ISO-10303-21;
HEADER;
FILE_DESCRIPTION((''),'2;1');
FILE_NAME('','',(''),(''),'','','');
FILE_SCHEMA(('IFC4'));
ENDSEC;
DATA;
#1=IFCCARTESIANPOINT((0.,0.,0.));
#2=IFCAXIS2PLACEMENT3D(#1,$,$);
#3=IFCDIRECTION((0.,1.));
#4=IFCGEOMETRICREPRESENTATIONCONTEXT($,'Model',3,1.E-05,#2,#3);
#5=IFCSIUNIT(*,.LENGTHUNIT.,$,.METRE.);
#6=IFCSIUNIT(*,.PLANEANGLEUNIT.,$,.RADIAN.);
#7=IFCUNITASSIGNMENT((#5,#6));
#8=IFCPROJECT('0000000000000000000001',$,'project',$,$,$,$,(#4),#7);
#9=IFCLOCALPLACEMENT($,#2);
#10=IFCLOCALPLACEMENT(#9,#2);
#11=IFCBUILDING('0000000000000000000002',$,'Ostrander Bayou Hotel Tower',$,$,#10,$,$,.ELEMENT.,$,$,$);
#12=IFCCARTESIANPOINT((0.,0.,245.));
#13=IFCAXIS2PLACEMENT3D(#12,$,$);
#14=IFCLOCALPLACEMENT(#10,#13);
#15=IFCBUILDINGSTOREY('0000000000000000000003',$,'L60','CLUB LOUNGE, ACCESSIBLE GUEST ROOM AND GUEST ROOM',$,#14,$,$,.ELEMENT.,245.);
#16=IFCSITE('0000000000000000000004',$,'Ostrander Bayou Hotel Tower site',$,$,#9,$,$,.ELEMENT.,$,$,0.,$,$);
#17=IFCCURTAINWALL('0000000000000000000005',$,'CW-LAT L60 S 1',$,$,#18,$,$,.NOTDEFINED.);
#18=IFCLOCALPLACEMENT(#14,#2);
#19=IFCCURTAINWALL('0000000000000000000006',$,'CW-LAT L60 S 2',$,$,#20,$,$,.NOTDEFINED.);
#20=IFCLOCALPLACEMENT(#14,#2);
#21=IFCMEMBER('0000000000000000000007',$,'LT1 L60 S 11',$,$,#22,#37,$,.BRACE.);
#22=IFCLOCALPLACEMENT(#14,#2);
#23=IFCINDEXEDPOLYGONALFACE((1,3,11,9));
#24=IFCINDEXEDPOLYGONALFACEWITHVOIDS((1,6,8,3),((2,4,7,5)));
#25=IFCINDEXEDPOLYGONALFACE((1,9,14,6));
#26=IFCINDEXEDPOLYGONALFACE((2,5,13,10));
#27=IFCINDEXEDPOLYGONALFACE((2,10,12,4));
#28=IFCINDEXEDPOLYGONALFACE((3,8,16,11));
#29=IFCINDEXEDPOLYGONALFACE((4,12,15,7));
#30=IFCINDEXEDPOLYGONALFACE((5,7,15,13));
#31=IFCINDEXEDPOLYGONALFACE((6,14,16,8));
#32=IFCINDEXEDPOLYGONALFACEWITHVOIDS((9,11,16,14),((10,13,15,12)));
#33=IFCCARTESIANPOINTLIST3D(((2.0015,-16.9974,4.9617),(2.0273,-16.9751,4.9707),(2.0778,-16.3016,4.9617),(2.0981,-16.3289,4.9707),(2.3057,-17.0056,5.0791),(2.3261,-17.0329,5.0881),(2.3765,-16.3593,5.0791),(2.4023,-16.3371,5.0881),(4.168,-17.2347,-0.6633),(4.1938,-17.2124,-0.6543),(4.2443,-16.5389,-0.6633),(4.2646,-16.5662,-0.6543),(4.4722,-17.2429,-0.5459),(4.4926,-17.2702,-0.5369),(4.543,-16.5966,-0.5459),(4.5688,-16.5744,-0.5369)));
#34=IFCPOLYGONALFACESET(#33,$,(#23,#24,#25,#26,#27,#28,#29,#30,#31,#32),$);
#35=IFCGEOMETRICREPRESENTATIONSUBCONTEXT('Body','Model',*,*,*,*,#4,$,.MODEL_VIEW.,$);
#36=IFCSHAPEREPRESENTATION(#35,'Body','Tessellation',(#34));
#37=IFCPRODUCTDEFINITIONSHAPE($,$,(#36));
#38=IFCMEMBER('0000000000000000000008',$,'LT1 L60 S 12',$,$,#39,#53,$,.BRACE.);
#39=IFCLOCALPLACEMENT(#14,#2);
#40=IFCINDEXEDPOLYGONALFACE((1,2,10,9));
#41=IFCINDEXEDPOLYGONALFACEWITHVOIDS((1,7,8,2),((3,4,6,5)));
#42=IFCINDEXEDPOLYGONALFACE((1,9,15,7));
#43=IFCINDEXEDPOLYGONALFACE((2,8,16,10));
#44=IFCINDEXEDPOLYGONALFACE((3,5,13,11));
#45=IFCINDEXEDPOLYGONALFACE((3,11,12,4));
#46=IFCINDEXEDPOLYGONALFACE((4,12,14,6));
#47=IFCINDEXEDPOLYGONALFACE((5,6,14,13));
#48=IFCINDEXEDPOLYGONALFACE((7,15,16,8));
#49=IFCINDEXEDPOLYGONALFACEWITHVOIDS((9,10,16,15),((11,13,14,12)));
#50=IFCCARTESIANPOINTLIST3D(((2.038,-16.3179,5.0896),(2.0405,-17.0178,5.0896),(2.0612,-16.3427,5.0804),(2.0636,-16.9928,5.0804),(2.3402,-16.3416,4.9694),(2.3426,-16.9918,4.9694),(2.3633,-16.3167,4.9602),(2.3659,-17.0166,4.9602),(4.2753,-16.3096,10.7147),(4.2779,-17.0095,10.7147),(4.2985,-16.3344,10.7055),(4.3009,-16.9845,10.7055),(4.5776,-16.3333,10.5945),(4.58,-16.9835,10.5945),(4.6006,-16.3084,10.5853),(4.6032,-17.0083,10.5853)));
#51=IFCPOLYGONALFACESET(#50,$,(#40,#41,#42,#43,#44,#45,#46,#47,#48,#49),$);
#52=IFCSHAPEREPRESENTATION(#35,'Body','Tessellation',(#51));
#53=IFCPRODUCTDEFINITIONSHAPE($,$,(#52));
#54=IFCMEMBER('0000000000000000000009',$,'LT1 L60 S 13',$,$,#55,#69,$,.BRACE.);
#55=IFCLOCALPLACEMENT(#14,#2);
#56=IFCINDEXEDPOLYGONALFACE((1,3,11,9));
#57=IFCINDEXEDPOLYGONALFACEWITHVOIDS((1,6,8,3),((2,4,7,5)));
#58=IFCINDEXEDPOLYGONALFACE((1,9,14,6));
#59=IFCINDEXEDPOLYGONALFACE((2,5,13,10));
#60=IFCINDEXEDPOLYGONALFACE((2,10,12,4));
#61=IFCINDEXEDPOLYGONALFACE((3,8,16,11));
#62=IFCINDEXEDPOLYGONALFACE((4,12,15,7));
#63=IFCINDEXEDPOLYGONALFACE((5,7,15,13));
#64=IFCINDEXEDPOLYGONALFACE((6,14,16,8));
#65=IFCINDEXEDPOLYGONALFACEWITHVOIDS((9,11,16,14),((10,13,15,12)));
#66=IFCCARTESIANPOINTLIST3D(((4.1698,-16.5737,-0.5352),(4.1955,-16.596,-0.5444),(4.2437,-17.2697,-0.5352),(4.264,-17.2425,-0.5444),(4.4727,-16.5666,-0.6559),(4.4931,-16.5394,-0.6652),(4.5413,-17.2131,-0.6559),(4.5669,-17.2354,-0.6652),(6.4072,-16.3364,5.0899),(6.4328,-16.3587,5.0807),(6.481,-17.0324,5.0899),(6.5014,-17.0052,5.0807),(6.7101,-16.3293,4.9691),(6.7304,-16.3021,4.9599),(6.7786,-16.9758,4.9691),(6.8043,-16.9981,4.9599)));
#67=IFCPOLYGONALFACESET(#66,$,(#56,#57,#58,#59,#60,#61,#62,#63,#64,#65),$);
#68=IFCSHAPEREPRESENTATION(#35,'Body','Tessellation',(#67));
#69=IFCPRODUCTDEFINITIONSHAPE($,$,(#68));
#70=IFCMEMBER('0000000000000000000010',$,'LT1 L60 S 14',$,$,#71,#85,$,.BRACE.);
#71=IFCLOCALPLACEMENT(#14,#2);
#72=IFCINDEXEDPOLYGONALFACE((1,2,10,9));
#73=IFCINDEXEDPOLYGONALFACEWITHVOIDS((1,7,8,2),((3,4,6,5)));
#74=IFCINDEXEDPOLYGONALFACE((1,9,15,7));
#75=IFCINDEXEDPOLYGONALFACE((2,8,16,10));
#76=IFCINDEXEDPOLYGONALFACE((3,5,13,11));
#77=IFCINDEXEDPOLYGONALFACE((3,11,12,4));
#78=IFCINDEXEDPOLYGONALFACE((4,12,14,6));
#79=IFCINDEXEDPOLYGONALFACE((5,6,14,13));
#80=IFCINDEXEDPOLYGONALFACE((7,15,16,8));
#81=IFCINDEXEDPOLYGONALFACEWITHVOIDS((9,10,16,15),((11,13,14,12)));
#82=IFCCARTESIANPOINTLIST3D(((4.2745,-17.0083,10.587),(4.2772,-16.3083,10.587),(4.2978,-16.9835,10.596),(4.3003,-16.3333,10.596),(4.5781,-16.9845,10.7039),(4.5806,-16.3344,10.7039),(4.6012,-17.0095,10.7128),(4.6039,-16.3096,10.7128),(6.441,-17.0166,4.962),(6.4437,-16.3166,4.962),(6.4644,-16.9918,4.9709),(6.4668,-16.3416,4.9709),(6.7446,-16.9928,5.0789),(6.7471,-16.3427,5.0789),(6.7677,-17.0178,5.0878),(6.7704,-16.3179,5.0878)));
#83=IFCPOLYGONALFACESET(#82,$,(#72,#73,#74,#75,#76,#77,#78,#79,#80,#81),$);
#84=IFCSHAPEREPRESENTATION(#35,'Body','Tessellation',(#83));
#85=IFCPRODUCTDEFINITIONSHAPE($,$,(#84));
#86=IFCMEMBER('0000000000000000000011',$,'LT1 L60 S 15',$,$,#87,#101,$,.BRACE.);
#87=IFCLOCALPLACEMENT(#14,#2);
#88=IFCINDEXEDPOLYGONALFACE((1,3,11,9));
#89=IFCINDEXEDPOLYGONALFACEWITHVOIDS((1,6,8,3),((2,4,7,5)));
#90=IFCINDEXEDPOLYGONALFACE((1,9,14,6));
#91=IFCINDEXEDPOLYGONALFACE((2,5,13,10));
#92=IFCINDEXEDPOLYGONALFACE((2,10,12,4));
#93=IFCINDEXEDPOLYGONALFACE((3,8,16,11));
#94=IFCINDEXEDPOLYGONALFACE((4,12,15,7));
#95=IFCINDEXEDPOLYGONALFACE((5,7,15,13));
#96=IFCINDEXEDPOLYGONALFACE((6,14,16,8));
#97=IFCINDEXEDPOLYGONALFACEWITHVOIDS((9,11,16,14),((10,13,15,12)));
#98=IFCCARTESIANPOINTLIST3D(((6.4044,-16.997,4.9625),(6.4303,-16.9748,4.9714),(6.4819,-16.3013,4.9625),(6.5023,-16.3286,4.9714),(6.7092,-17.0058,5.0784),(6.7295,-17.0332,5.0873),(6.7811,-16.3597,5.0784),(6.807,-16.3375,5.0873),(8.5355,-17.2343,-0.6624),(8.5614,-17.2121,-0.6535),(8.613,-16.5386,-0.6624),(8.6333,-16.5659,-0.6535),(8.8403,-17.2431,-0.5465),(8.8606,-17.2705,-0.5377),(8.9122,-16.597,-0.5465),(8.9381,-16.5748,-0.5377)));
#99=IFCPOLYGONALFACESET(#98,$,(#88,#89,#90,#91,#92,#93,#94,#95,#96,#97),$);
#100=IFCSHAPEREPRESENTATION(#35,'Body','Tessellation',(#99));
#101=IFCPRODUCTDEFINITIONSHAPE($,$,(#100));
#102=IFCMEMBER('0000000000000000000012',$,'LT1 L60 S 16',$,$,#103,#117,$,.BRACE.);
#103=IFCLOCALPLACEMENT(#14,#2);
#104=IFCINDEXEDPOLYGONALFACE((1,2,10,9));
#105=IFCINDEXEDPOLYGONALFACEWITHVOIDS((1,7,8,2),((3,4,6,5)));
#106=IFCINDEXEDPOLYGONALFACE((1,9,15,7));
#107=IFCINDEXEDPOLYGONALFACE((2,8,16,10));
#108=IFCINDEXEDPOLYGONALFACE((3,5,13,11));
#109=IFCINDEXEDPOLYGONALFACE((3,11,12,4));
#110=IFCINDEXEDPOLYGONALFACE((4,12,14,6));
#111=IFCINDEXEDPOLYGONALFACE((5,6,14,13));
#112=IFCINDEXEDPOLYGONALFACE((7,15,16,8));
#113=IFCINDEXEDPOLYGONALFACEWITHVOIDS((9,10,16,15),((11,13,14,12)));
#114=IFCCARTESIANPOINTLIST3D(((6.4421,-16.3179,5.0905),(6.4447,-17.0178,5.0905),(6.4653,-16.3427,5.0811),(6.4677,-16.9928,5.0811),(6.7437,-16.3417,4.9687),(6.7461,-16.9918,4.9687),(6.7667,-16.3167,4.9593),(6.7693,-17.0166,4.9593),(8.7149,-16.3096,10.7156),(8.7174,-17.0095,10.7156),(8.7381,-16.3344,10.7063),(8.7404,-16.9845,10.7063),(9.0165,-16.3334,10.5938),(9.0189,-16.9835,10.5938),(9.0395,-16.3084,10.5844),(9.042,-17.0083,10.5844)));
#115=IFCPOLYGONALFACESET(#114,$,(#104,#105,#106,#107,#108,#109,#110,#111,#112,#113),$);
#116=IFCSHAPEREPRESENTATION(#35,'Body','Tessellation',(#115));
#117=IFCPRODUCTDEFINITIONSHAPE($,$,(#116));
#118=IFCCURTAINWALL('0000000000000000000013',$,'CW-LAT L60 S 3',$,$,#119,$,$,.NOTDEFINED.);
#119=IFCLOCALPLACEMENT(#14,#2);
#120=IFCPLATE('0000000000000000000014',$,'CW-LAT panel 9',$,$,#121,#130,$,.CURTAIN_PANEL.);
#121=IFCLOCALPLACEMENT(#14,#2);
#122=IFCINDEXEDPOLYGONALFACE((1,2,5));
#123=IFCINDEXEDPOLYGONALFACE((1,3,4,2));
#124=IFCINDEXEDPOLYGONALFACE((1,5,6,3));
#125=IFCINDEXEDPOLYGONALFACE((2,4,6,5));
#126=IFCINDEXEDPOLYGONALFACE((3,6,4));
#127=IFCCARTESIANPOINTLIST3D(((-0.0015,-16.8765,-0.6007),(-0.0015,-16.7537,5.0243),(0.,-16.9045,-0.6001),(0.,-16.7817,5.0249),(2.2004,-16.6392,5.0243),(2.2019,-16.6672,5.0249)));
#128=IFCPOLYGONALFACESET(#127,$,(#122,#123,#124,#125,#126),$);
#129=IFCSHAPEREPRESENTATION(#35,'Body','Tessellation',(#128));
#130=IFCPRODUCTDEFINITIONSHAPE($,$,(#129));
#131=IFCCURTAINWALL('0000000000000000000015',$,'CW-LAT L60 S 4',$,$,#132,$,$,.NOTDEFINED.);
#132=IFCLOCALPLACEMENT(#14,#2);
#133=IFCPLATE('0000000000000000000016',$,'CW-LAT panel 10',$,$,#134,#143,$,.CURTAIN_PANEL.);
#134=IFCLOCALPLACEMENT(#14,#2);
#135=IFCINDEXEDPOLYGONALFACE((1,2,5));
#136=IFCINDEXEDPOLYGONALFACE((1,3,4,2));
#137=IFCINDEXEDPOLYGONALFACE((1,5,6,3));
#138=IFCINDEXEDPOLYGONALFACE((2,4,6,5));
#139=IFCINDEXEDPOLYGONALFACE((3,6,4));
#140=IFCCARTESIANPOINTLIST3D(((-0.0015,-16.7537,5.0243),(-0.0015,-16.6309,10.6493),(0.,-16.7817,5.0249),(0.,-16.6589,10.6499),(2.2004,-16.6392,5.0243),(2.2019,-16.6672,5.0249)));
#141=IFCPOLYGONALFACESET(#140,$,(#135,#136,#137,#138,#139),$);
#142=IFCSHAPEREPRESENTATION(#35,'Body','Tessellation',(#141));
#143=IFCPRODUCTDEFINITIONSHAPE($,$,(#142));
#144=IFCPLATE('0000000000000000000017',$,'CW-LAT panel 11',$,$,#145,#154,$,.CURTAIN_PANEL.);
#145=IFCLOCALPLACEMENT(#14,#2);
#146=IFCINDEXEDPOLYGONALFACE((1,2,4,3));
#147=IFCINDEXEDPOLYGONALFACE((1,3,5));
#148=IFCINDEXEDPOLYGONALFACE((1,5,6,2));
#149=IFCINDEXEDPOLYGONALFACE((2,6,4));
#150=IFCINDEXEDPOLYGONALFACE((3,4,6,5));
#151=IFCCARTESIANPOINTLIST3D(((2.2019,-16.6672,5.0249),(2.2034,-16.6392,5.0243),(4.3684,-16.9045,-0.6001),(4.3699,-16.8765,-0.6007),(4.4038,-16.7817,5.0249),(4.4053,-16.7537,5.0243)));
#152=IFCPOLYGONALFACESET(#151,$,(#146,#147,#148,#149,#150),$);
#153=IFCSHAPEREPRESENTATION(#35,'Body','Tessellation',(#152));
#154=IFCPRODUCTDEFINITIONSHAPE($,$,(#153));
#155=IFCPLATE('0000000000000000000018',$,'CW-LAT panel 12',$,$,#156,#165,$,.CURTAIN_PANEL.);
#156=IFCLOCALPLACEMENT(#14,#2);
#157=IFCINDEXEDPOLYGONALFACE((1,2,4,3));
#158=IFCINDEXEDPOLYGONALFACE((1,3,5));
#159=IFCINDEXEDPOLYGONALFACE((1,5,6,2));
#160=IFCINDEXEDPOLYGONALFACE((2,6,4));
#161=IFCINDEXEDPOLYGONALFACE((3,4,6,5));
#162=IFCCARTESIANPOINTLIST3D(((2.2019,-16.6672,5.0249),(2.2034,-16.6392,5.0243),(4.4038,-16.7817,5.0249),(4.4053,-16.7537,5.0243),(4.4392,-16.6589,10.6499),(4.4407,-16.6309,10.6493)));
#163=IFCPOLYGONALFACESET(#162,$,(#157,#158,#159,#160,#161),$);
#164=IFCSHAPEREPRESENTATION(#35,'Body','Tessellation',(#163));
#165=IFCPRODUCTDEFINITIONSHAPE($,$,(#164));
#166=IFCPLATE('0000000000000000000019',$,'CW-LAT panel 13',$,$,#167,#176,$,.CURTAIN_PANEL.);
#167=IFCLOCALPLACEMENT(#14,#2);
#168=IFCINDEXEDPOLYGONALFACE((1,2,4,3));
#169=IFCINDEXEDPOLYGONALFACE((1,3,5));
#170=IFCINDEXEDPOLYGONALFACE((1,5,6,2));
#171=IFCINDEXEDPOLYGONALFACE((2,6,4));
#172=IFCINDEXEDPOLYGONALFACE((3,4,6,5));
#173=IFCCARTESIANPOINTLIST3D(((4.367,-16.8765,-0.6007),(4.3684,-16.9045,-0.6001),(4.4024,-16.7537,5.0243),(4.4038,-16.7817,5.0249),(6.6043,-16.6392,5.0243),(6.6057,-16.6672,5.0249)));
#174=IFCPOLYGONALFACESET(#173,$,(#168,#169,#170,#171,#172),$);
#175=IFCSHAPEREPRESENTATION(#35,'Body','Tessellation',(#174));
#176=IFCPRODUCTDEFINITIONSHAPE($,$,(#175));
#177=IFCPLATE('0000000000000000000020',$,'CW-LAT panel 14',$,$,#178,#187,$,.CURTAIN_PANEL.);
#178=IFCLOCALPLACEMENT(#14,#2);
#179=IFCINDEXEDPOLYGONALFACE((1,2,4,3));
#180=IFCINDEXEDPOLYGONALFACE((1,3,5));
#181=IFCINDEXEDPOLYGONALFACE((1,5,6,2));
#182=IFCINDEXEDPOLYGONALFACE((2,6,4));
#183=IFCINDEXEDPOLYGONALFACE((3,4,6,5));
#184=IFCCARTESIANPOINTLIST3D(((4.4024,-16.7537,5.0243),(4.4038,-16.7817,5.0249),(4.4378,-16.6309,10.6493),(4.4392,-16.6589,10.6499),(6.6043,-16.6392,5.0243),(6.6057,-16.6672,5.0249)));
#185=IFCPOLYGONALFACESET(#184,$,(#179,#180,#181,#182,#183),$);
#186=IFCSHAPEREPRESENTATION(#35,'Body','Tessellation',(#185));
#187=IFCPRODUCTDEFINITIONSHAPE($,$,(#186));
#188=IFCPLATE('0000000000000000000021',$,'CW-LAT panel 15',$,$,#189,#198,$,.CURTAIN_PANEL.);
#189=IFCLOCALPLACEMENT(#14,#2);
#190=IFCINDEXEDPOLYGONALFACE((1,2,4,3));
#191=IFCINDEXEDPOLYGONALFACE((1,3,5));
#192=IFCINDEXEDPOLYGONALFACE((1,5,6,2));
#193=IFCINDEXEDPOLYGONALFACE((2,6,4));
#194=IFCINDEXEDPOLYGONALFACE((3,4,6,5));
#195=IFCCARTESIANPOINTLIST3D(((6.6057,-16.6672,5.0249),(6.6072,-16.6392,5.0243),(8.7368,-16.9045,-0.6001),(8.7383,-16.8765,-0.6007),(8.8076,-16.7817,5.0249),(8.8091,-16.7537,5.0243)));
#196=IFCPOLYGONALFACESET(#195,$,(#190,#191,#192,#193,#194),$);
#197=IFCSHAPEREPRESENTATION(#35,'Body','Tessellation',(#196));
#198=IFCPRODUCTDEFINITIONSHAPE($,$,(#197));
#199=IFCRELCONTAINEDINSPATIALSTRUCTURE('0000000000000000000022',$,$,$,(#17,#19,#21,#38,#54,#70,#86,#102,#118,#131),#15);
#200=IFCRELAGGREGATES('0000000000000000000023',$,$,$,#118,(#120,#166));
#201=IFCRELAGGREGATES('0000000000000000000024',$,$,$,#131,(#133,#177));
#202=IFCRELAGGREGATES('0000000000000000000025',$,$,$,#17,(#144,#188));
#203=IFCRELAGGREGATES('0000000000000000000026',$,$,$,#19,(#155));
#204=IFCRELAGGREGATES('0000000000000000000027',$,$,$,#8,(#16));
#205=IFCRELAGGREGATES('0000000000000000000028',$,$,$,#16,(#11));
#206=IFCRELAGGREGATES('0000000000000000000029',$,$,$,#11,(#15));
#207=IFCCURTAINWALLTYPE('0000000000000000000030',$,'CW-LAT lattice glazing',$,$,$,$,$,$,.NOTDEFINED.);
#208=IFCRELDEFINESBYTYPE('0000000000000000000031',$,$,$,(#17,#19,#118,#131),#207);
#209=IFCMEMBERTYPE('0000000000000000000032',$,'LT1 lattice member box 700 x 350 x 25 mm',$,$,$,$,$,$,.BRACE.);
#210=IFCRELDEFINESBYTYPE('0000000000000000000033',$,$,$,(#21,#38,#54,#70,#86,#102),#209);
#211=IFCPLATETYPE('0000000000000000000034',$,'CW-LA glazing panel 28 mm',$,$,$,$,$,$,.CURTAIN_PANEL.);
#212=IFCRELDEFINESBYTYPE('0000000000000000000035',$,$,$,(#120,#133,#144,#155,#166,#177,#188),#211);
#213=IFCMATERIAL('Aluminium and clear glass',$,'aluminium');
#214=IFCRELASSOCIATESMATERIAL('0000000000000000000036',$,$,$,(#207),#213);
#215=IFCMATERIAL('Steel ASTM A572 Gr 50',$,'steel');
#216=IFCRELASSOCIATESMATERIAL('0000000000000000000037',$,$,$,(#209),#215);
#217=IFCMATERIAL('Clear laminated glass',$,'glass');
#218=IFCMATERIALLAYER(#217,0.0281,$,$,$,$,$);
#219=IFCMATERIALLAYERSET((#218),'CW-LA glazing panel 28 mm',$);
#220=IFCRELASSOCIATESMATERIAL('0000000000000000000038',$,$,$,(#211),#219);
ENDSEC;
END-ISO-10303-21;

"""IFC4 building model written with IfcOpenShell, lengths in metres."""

from ifc_helpers import new_model, si_unit, direction, frame, origin, origin_2d, place, context, subcontext, project, spatial, polyline, hollow_rectangle, outline, extrude, material, layer, layer_set, material_profile, profile_set, type_object, element, aggregate, save


model = new_model("IFC4")

# Units and contexts
model_context = context("Model", 3, precision=1e-05, world=origin(), true_north=direction((0.0, 1.0)))
body_context = subcontext(model_context, "Body", "Model", "MODEL_VIEW")
ifc_project = project(units=[si_unit("LENGTHUNIT", "METRE"), si_unit("PLANEANGLEUNIT", "RADIAN")], contexts=[model_context])

# Site, building, storey
site_placement = place(None, origin())
site = spatial("IfcSite", under=ifc_project, at=site_placement, Name="Ostrander Bayou Hotel Tower site", CompositionType="ELEMENT", RefElevation=0.0)
building_placement = place(site_placement, origin())
building = spatial("IfcBuilding", under=site, at=building_placement, Name="Ostrander Bayou Hotel Tower", CompositionType="ELEMENT")
storey_placement = place(building_placement, frame((0.0, 0.0, 245.0)))
storey = spatial("IfcBuildingStorey", under=building, at=storey_placement, Name="L60", Description="CLUB LOUNGE, ACCESSIBLE GUEST ROOM AND GUEST ROOM", CompositionType="ELEMENT", Elevation=245.0)

# Curtain walls
ifc_material_1 = material(Name="Aluminium and clear glass", Category="aluminium")
curtain_wall_type = type_object("IfcCurtainWallType", Name="CW-LAT lattice glazing", PredefinedType="NOTDEFINED", material=ifc_material_1)
curtain_wall_1_placement = place(storey_placement, origin())
curtain_wall_1 = element("IfcCurtainWall", 1, at=curtain_wall_1_placement, inside=storey, type_object=curtain_wall_type, Name="CW-LAT L60 S 1", PredefinedType="NOTDEFINED")
curtain_wall_2_placement = place(storey_placement, origin())
curtain_wall_2 = element("IfcCurtainWall", 2, at=curtain_wall_2_placement, inside=storey, type_object=curtain_wall_type, Name="CW-LAT L60 S 2", PredefinedType="NOTDEFINED")

# Members
ifc_material_2 = material(Name="Steel ASTM A572 Gr 50", Category="steel")
ifc_material_profile_1 = material_profile(ifc_material_2, hollow_rectangle(XDim=0.7, YDim=0.3501, WallThickness=0.0249, at=origin_2d()))
ifc_profile_set_1 = profile_set([ifc_material_profile_1], Name="Steel ASTM A572 Gr 50")
member_type_1 = type_object("IfcMemberType", Name="LT1 lattice member box 700 x 350 x 25 mm", PredefinedType="BRACE", material=ifc_profile_set_1)
member_1_placement = place(storey_placement, frame((2.2019, -16.6672, 5.0249), z_axis=(0.359141, -0.039338, -0.932454), x_axis=(0.108882, 0.994055, 0.0)))
element("IfcMember", 3, at=member_1_placement, inside=storey, type_object=member_type_1, Name="LT1 L60 S 11", PredefinedType="BRACE", context=body_context, shape_type="SweptSolid", body=[
    extrude(hollow_rectangle(XDim=0.7, YDim=0.3501, WallThickness=0.0249, at=origin_2d()), origin(), (0.0, 0.0, 1.0), 6.0325),
])
member_2_placement = place(storey_placement, frame((2.2019, -16.6672, 5.0249), z_axis=(0.369582, 0.001371, 0.929197), x_axis=(-0.00371, 0.999993, 0.0)))
element("IfcMember", 4, at=member_2_placement, inside=storey, type_object=member_type_1, Name="LT1 L60 S 12", PredefinedType="BRACE", context=body_context, shape_type="SweptSolid", body=[
    extrude(hollow_rectangle(XDim=0.7, YDim=0.3501, WallThickness=0.0249, at=origin_2d()), origin(), (0.0, 0.0, 1.0), 6.0537),
])
member_3_placement = place(storey_placement, frame((6.6057, -16.6672, 5.0249), z_axis=(-0.369298, -0.03917, -0.928485), x_axis=(0.105476, -0.994422, 0.0)))
element("IfcMember", 5, at=member_3_placement, inside=storey, type_object=member_type_1, Name="LT1 L60 S 13", PredefinedType="BRACE", context=body_context, shape_type="SweptSolid", body=[
    extrude(hollow_rectangle(XDim=0.7, YDim=0.3501, WallThickness=0.0249, at=origin_2d()), origin(), (0.0, 0.0, 1.0), 6.0583),
])
member_4_placement = place(storey_placement, frame((6.6057, -16.6672, 5.0249), z_axis=(-0.359418, 0.001377, 0.933176), x_axis=(-0.003831, -0.999993, 0.0)))
element("IfcMember", 6, at=member_4_placement, inside=storey, type_object=member_type_1, Name="LT1 L60 S 14", PredefinedType="BRACE", context=body_context, shape_type="SweptSolid", body=[
    extrude(hollow_rectangle(XDim=0.7, YDim=0.3501, WallThickness=0.0249, at=origin_2d()), origin(), (0.0, 0.0, 1.0), 6.0278),
])
member_5_placement = place(storey_placement, frame((6.6057, -16.6672, 5.0249), z_axis=(0.354013, -0.03942, -0.934409), x_axis=(0.110669, 0.993857, 0.0)))
element("IfcMember", 7, at=member_5_placement, inside=storey, type_object=member_type_1, Name="LT1 L60 S 15", PredefinedType="BRACE", context=body_context, shape_type="SweptSolid", body=[
    extrude(hollow_rectangle(XDim=0.7, YDim=0.3501, WallThickness=0.0249, at=origin_2d()), origin(), (0.0, 0.0, 1.0), 6.0198),
])
member_6_placement = place(storey_placement, frame((6.6057, -16.6672, 5.0249), z_axis=(0.374614, 0.001368, 0.92718), x_axis=(-0.003652, 0.999993, 0.0)))
element("IfcMember", 8, at=member_6_placement, inside=storey, type_object=member_type_1, Name="LT1 L60 S 16", PredefinedType="BRACE", context=body_context, shape_type="SweptSolid", body=[
    extrude(hollow_rectangle(XDim=0.7, YDim=0.3501, WallThickness=0.0249, at=origin_2d()), origin(), (0.0, 0.0, 1.0), 6.0669),
])

# Curtain walls, plates
curtain_wall_3_placement = place(storey_placement, origin())
curtain_wall_3 = element("IfcCurtainWall", 9, at=curtain_wall_3_placement, inside=storey, type_object=curtain_wall_type, Name="CW-LAT L60 S 3", PredefinedType="NOTDEFINED")
ifc_material_3 = material(Name="Clear laminated glass", Category="glass")
ifc_layer_1 = layer(ifc_material_3, 0.0281)
ifc_layer_set_1 = layer_set([ifc_layer_1], Name="CW-LA glazing panel 28 mm")
plate_type = type_object("IfcPlateType", Name="CW-LA glazing panel 28 mm", PredefinedType="CURTAIN_PANEL", material=ifc_layer_set_1)
plate_1_placement = place(storey_placement, frame((2.2019, -16.6672, 5.0249), z_axis=(0.051919, -0.998413, 0.021797), x_axis=(-0.364236, -0.039255, -0.930479)))
plate_1 = element("IfcPlate", 10, at=plate_1_placement, type_object=plate_type, Name="CW-LAT panel 9", PredefinedType="CURTAIN_PANEL", context=body_context, shape_type="SweptSolid", body=[
    extrude(outline(polyline([(0.0, 0.0), (6.0453, 0.0), (0.8065, -2.0521), (0.0, 0.0)])), origin(), (0.0, 0.0, -1.0), 0.0281),
])
curtain_wall_4_placement = place(storey_placement, origin())
curtain_wall_4 = element("IfcCurtainWall", 11, at=curtain_wall_4_placement, inside=storey, type_object=curtain_wall_type, Name="CW-LAT L60 S 4", PredefinedType="NOTDEFINED")
plate_2_placement = place(storey_placement, frame((2.2019, -16.6672, 5.0249), z_axis=(0.051919, -0.998413, 0.021797), x_axis=(-0.364516, 0.001374, 0.931196)))
plate_2 = element("IfcPlate", 12, at=plate_2_placement, type_object=plate_type, Name="CW-LAT panel 10", PredefinedType="CURTAIN_PANEL", context=body_context, shape_type="SweptSolid", body=[
    extrude(outline(polyline([(0.0, 0.0), (6.0406, 0.0), (0.8025, 2.0537), (0.0, 0.0)])), origin(), (0.0, 0.0, -1.0), 0.0281),
])

# Plates
plate_3_placement = place(storey_placement, frame((2.2019, -16.6672, 5.0249), z_axis=(-0.051918, -0.998406, 0.022124), x_axis=(0.359141, -0.039338, -0.932454)))
plate_3 = element("IfcPlate", 13, at=plate_3_placement, type_object=plate_type, Name="CW-LAT panel 11", PredefinedType="CURTAIN_PANEL", context=body_context, shape_type="SweptSolid", body=[
    extrude(outline(polyline([(0.0, 0.0), (6.0325, 0.0), (0.7953, 2.0565), (0.0, 0.0)])), origin(), (0.0, 0.0, -1.0), 0.0281),
])
plate_4_placement = place(storey_placement, frame((2.2019, -16.6672, 5.0249), z_axis=(-0.051918, -0.998406, 0.022124), x_axis=(0.369582, 0.001371, 0.929197)))
plate_4 = element("IfcPlate", 14, at=plate_4_placement, type_object=plate_type, Name="CW-LAT panel 12", PredefinedType="CURTAIN_PANEL", context=body_context, shape_type="SweptSolid", body=[
    extrude(outline(polyline([(0.0, 0.0), (6.0536, 0.0), (0.8136, -2.0493), (0.0, 0.0)])), origin(), (0.0, 0.0, -1.0), 0.0281),
])
plate_5_placement = place(storey_placement, frame((6.6057, -16.6672, 5.0249), z_axis=(0.051919, -0.99842, 0.02147), x_axis=(-0.369298, -0.03917, -0.928485)))
plate_5 = element("IfcPlate", 15, at=plate_5_placement, type_object=plate_type, Name="CW-LAT panel 13", PredefinedType="CURTAIN_PANEL", context=body_context, shape_type="SweptSolid", body=[
    extrude(outline(polyline([(0.0, 0.0), (6.0583, 0.0), (0.8176, -2.0477), (0.0, 0.0)])), origin(), (0.0, 0.0, -1.0), 0.0281),
])
aggregate(curtain_wall_3, [plate_1, plate_5])
plate_6_placement = place(storey_placement, frame((6.6057, -16.6672, 5.0249), z_axis=(0.051919, -0.99842, 0.02147), x_axis=(-0.359418, 0.001377, 0.933176)))
plate_6 = element("IfcPlate", 16, at=plate_6_placement, type_object=plate_type, Name="CW-LAT panel 14", PredefinedType="CURTAIN_PANEL", context=body_context, shape_type="SweptSolid", body=[
    extrude(outline(polyline([(0.0, 0.0), (6.0278, 0.0), (0.7912, 2.058), (0.0, 0.0)])), origin(), (0.0, 0.0, -1.0), 0.0281),
])
aggregate(curtain_wall_4, [plate_2, plate_6])
plate_7_placement = place(storey_placement, frame((6.6057, -16.6672, 5.0249), z_axis=(-0.051918, -0.998399, 0.02245), x_axis=(0.354013, -0.03942, -0.934409)))
plate_7 = element("IfcPlate", 17, at=plate_7_placement, type_object=plate_type, Name="CW-LAT panel 15", PredefinedType="CURTAIN_PANEL", context=body_context, shape_type="SweptSolid", body=[
    extrude(outline(polyline([(0.0, 0.0), (6.0198, 0.0), (0.784, 2.0608), (0.0, 0.0)])), origin(), (0.0, 0.0, -1.0), 0.0281),
])
aggregate(curtain_wall_1, [plate_3, plate_7])
aggregate(curtain_wall_2, [plate_4])

save(model, "model.ifc")
